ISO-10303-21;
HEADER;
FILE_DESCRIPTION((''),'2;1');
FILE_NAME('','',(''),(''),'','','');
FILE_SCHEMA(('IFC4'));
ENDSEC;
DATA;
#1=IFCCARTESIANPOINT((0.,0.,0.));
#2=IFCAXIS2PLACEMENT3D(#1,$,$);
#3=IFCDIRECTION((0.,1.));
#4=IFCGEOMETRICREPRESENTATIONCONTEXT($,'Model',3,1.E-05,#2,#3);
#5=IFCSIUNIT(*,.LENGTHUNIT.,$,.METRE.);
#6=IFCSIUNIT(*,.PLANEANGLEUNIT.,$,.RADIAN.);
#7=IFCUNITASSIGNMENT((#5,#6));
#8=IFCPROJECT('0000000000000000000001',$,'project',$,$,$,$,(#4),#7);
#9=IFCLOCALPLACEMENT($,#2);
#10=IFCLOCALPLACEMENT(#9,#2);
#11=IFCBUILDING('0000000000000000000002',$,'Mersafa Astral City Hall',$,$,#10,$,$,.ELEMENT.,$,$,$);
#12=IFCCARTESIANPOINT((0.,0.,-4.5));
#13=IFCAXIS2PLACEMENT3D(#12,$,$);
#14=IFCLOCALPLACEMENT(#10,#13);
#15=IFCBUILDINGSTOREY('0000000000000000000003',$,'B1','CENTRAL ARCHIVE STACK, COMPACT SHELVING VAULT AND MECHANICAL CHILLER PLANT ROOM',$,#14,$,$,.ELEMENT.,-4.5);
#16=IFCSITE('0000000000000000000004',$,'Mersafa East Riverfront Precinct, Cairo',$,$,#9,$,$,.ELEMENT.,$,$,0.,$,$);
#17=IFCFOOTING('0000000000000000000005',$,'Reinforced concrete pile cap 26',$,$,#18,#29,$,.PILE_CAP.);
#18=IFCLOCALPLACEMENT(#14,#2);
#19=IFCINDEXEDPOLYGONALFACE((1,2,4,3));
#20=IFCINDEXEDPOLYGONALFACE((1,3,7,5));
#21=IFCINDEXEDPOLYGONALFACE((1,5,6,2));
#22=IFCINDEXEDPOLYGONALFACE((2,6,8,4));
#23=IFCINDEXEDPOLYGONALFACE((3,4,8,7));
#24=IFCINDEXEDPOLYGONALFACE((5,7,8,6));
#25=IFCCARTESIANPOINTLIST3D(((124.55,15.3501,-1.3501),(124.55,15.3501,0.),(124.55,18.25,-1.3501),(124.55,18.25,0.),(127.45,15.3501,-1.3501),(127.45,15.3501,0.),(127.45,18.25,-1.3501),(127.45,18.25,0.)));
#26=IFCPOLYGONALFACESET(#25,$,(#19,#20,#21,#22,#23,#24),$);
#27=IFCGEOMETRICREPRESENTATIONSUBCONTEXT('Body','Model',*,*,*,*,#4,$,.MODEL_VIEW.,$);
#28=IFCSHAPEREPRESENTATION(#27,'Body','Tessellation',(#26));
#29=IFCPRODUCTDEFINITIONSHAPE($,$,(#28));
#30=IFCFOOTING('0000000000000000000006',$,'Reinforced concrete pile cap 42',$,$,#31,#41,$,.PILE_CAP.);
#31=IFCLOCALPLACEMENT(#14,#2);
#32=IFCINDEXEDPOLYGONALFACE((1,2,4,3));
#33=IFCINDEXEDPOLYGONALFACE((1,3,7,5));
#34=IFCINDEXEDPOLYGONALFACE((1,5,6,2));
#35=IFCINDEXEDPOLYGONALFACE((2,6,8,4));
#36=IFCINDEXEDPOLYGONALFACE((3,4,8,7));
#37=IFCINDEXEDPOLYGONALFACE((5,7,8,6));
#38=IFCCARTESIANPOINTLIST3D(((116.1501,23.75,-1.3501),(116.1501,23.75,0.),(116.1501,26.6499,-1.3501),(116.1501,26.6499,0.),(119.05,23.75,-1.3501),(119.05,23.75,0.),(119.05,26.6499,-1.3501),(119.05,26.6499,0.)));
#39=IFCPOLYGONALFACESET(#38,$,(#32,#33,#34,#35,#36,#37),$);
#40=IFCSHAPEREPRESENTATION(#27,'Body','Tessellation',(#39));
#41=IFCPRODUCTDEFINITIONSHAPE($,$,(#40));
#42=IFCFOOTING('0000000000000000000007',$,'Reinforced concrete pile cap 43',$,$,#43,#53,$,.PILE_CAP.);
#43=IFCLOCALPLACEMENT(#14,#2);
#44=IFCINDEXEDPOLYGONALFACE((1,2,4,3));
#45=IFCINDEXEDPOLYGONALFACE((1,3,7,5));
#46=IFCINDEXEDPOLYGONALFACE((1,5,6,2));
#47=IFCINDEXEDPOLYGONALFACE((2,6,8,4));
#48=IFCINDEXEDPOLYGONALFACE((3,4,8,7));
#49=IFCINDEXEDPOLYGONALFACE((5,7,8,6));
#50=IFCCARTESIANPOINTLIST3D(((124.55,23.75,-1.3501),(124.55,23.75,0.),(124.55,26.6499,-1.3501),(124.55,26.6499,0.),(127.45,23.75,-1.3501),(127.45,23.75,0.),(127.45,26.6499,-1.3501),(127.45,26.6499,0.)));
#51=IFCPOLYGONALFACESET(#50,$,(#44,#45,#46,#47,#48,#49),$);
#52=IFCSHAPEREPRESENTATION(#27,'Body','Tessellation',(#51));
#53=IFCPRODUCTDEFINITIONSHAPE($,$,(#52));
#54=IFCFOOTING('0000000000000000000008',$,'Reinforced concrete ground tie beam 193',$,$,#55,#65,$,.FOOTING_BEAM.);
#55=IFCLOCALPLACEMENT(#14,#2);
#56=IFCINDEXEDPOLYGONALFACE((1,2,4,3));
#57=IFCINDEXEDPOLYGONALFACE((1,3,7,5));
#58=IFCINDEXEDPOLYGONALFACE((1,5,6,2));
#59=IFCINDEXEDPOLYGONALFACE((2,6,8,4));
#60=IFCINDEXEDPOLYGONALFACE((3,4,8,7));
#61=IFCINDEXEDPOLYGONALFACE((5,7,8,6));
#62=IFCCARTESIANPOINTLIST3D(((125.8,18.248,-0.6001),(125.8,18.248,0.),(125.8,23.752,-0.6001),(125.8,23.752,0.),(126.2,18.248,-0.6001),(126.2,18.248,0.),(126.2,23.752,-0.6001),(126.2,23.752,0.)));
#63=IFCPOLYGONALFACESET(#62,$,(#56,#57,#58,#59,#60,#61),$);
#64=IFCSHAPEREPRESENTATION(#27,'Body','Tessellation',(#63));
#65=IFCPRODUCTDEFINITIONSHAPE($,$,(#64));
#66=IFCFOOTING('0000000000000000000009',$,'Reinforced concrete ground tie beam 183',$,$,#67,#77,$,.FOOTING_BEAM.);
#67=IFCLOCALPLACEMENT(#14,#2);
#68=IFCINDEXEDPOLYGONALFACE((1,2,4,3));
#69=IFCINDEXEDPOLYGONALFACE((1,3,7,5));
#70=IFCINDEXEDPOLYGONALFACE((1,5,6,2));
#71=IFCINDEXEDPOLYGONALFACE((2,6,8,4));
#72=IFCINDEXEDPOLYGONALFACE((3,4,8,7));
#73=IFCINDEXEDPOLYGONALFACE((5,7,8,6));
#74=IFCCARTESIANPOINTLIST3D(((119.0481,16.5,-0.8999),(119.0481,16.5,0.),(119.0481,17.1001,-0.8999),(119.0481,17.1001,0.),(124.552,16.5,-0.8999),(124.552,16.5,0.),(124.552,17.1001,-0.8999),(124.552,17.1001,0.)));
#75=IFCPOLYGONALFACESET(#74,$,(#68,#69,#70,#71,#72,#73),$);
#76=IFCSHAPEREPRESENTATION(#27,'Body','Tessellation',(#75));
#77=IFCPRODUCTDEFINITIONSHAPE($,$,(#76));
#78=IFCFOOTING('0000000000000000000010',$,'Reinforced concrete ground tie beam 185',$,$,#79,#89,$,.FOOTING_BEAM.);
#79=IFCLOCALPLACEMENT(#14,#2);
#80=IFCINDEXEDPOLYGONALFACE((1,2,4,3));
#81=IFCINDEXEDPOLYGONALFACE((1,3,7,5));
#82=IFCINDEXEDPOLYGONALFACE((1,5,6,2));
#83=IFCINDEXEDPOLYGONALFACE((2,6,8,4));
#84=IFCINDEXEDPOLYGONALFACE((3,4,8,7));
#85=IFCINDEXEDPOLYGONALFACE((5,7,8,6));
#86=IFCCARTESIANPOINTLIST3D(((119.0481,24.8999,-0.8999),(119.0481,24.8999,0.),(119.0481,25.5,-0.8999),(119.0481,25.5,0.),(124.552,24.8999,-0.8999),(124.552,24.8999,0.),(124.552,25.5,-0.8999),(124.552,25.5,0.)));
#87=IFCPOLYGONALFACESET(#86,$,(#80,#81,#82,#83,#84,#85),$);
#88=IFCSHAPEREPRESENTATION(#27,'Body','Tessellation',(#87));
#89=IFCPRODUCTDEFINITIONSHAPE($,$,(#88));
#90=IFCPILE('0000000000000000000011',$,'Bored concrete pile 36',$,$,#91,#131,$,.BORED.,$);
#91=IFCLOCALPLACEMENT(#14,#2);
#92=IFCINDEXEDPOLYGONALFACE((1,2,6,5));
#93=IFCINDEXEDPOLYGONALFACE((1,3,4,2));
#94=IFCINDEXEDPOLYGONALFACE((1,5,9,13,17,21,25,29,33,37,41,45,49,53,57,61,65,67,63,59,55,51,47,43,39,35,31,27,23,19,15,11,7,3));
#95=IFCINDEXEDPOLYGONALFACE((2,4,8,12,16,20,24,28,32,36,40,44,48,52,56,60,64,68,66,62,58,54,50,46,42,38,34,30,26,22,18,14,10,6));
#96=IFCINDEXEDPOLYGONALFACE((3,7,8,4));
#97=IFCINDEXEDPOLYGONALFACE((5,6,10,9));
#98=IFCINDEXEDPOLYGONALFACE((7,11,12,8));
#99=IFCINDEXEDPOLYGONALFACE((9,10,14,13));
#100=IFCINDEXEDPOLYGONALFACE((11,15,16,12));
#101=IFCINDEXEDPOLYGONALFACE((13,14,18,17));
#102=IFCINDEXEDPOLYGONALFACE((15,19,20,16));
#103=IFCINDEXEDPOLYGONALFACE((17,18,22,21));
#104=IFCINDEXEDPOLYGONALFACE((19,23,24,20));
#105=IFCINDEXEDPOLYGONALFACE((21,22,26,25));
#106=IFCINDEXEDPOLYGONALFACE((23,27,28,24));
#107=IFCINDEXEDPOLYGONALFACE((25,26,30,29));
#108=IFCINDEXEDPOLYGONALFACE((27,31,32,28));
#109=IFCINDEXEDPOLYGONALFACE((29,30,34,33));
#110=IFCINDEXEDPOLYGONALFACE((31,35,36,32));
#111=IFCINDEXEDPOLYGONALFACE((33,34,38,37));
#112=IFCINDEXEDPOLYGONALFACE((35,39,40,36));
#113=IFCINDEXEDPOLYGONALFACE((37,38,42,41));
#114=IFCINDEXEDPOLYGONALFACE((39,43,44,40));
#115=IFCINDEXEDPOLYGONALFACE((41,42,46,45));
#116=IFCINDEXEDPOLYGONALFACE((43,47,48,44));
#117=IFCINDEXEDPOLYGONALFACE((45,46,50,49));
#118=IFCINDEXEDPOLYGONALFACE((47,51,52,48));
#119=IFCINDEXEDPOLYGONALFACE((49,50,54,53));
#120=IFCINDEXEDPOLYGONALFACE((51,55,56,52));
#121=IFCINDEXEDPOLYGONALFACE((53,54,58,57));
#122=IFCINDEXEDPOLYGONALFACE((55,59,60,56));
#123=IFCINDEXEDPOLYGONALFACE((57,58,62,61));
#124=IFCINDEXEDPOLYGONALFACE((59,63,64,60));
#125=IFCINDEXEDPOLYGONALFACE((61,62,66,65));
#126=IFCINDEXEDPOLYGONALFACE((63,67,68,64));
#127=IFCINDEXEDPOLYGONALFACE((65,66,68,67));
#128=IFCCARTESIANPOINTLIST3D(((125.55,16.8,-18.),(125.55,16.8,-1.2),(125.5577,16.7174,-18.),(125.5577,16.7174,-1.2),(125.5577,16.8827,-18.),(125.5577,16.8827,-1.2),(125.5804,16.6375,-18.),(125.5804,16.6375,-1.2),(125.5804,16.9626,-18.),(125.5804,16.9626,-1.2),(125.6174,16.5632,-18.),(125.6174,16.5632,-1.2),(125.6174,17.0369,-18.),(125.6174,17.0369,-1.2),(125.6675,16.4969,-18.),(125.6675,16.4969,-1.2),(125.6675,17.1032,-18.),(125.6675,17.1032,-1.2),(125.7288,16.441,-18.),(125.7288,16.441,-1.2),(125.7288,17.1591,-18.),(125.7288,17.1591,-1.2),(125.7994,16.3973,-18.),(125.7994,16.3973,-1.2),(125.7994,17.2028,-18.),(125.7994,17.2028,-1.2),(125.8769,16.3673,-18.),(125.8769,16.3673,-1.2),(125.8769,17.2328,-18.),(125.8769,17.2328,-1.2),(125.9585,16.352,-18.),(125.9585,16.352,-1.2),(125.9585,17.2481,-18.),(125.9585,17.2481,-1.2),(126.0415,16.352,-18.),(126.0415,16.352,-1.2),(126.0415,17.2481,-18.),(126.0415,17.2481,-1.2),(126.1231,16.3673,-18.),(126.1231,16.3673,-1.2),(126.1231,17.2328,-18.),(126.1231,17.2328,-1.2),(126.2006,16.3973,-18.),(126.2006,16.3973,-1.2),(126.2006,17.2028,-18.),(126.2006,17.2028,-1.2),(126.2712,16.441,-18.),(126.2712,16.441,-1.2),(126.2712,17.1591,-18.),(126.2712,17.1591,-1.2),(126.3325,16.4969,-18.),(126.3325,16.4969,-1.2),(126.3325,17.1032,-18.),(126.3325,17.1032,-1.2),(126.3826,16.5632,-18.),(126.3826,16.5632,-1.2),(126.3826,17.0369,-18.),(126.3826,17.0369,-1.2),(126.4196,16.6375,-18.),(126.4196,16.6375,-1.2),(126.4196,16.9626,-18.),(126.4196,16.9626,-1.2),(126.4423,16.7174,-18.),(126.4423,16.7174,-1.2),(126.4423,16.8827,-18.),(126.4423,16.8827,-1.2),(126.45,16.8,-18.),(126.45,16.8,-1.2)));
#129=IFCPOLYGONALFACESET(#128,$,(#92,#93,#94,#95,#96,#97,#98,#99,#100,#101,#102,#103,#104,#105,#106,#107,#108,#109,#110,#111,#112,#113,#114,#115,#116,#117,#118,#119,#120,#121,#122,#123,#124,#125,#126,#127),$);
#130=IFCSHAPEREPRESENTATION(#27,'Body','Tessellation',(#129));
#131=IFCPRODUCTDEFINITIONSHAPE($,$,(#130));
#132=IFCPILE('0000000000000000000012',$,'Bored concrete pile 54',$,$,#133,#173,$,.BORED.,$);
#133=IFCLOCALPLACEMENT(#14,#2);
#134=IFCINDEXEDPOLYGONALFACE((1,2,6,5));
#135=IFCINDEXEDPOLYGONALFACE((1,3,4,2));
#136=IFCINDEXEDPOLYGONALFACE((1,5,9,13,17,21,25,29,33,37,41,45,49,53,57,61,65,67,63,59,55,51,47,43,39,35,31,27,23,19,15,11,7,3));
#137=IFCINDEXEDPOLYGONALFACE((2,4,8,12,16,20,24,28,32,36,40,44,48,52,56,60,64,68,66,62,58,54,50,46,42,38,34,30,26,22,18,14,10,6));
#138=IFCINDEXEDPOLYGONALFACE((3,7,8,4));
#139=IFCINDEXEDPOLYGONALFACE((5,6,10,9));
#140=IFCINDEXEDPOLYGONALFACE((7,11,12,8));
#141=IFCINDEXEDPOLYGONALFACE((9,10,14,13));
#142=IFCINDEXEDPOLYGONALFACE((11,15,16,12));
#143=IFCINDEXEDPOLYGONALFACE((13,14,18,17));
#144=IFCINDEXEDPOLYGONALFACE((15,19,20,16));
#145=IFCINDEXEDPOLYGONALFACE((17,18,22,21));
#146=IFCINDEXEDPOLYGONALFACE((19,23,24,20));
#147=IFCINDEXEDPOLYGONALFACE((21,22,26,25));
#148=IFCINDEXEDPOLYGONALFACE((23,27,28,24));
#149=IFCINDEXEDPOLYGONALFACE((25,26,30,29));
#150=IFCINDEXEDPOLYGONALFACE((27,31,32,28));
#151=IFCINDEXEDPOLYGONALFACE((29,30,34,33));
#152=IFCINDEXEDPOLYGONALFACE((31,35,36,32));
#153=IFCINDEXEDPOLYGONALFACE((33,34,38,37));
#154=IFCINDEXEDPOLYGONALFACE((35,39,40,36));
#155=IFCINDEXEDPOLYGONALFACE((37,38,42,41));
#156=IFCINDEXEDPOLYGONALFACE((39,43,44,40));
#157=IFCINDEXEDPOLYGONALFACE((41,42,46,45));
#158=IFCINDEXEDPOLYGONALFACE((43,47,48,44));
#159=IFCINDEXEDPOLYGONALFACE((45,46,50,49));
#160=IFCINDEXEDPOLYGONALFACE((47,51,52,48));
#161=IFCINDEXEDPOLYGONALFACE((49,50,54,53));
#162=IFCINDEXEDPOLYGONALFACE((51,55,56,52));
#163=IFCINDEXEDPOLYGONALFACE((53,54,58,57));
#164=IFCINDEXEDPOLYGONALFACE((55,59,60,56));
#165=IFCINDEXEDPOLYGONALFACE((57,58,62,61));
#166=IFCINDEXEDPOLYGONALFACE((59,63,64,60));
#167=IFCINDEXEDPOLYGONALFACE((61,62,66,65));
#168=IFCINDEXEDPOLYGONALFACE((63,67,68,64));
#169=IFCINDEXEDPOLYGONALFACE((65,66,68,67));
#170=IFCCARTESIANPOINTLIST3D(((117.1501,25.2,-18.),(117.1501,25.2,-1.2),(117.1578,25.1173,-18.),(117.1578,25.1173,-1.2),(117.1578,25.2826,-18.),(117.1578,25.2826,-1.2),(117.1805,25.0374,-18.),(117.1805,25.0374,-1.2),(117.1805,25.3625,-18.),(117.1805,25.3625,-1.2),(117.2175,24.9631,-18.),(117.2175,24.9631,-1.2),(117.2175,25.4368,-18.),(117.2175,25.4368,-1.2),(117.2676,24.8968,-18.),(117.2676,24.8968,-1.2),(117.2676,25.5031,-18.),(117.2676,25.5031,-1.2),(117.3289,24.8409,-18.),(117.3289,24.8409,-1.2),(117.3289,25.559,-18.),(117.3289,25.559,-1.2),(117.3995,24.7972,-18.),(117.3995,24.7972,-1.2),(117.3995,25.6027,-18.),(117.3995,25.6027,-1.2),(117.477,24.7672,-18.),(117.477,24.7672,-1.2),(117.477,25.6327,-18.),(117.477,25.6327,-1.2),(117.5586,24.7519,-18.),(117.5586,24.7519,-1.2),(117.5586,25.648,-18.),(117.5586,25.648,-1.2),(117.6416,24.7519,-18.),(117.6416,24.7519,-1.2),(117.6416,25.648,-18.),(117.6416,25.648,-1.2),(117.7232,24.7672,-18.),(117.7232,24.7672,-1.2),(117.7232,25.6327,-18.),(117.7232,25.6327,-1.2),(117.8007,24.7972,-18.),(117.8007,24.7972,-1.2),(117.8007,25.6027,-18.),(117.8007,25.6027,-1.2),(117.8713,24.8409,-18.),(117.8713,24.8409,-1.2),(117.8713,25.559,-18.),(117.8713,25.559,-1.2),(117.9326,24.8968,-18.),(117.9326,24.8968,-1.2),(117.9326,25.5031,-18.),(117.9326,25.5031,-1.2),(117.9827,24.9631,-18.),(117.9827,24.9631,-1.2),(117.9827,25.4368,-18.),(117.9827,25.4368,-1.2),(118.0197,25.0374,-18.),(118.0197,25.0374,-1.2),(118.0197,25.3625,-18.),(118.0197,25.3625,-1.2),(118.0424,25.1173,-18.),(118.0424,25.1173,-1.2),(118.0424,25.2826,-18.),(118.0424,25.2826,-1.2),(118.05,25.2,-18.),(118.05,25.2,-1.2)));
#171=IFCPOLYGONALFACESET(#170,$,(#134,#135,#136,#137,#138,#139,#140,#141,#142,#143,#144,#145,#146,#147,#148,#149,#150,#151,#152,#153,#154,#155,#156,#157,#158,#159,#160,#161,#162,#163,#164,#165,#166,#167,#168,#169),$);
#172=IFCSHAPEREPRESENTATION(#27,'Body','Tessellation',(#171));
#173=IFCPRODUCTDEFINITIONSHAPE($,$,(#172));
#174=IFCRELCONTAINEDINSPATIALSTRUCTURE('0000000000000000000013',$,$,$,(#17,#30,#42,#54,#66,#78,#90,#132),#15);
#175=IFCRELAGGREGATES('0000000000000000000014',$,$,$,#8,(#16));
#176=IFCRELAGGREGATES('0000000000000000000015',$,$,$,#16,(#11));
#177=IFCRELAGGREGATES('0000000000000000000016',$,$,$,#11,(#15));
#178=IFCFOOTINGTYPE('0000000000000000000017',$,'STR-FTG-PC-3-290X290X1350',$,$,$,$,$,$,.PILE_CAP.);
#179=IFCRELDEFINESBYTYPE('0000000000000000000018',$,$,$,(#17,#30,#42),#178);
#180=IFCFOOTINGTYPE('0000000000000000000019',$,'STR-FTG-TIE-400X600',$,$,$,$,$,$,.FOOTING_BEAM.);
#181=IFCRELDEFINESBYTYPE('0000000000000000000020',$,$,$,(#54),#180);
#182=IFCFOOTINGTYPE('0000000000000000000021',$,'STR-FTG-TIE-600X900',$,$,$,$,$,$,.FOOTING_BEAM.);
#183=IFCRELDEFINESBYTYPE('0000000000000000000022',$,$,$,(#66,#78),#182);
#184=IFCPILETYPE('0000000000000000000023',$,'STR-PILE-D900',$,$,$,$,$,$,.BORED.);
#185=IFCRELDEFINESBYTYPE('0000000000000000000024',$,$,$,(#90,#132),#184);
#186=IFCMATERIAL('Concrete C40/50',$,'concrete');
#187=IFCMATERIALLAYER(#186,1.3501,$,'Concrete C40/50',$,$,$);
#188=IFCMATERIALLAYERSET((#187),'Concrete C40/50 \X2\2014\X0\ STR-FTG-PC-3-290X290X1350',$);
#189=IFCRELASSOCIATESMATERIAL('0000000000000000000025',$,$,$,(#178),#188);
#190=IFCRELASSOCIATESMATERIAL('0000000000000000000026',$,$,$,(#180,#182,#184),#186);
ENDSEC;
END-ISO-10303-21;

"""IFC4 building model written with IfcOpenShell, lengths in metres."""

from ifc_helpers import new_model, si_unit, direction, frame, origin, origin_2d, place, context, subcontext, project, spatial, rectangle, circle, extrude, material, layer, layer_set, material_profile, profile_set, type_object, element, save


model = new_model("IFC4")

# Units and contexts
model_context = context("Model", 3, precision=1e-05, world=origin(), true_north=direction((0.0, 1.0)))
body_context = subcontext(model_context, "Body", "Model", "MODEL_VIEW")
ifc_project = project(units=[si_unit("LENGTHUNIT", "METRE"), si_unit("PLANEANGLEUNIT", "RADIAN")], contexts=[model_context])

# Site, building, storey
site_placement = place(None, origin())
site = spatial("IfcSite", under=ifc_project, at=site_placement, Name="Mersafa East Riverfront Precinct, Cairo", CompositionType="ELEMENT", RefElevation=0.0)
building_placement = place(site_placement, origin())
building = spatial("IfcBuilding", under=site, at=building_placement, Name="Mersafa Astral City Hall", CompositionType="ELEMENT")
storey_placement = place(building_placement, frame((0.0, 0.0, -4.5)))
storey = spatial("IfcBuildingStorey", under=building, at=storey_placement, Name="B1", Description="CENTRAL ARCHIVE STACK, COMPACT SHELVING VAULT AND MECHANICAL CHILLER PLANT ROOM", CompositionType="ELEMENT", Elevation=-4.5)

# Footings
ifc_material_1 = material(Name="Concrete C40/50", Category="concrete")
ifc_layer_1 = layer(ifc_material_1, 1.3501, Name="Concrete C40/50")
ifc_layer_set_1 = layer_set([ifc_layer_1], Name="Concrete C40/50 — STR-FTG-PC-3-290X290X1350")
footing_type_1 = type_object("IfcFootingType", Name="STR-FTG-PC-3-290X290X1350", PredefinedType="PILE_CAP", material=ifc_layer_set_1)
for number, where, z_axis, x_axis, name in (
    (1, (126.0, 16.8, -1.3501), (0.0, 0.0, 1.0), (1.0, 0.0, 0.0), "Reinforced concrete pile cap 26"),
    (2, (117.6001, 25.2, -1.3501), (0.0, 0.0, 1.0), (1.0, 0.0, 0.0), "Reinforced concrete pile cap 42"),
    (3, (126.0, 25.2, -1.3501), (0.0, 0.0, 1.0), (1.0, 0.0, 0.0), "Reinforced concrete pile cap 43"),
):
    element("IfcFooting", number, at=place(storey_placement, frame(where, z_axis=z_axis, x_axis=x_axis)), inside=storey, type_object=footing_type_1, Name=name, PredefinedType="PILE_CAP", context=body_context, shape_type="SweptSolid", body=[
        extrude(rectangle(XDim=2.8999, YDim=2.8999, at=origin_2d()), origin(), (0.0, 0.0, 1.0), 1.3501),
    ])
ifc_material_profile_1 = material_profile(ifc_material_1, rectangle(XDim=0.3999, YDim=0.6001, at=origin_2d()), Name="RC 400x600")
ifc_profile_set_1 = profile_set([ifc_material_profile_1], Name="Concrete C40/50")
footing_type_2 = type_object("IfcFootingType", Name="STR-FTG-TIE-400X600", PredefinedType="FOOTING_BEAM", material=ifc_profile_set_1)
footing_placement = place(storey_placement, frame((126.0, 18.248, -0.3), z_axis=(0.0, 1.0, 0.0), x_axis=(-1.0, 0.0, 0.0)))
element("IfcFooting", 4, at=footing_placement, inside=storey, type_object=footing_type_2, Name="Reinforced concrete ground tie beam 193", PredefinedType="FOOTING_BEAM", context=body_context, shape_type="SweptSolid", body=[
    extrude(rectangle(XDim=0.3999, YDim=0.6001, at=origin_2d()), origin(), (0.0, 0.0, 1.0), 5.5039),
])
ifc_material_profile_2 = material_profile(ifc_material_1, rectangle(XDim=0.6001, YDim=0.8999, at=origin_2d()), Name="RC 600x900")
ifc_profile_set_2 = profile_set([ifc_material_profile_2], Name="Concrete C40/50")
footing_type_3 = type_object("IfcFootingType", Name="STR-FTG-TIE-600X900", PredefinedType="FOOTING_BEAM", material=ifc_profile_set_2)
for number, where, z_axis, x_axis, name in (
    (5, (119.0481, 16.8, -0.45), (1.0, 0.0, 0.0), (0.0, 1.0, 0.0), "Reinforced concrete ground tie beam 183"),
    (6, (119.0481, 25.2, -0.45), (1.0, 0.0, 0.0), (0.0, 1.0, 0.0), "Reinforced concrete ground tie beam 185"),
):
    element("IfcFooting", number, at=place(storey_placement, frame(where, z_axis=z_axis, x_axis=x_axis)), inside=storey, type_object=footing_type_3, Name=name, PredefinedType="FOOTING_BEAM", context=body_context, shape_type="SweptSolid", body=[
        extrude(rectangle(XDim=0.6001, YDim=0.8999, at=origin_2d()), origin(), (0.0, 0.0, 1.0), 5.5039),
    ])

# Piles
ifc_material_profile_3 = material_profile(ifc_material_1, circle(Radius=0.45, at=origin_2d()), Name="PILE D900")
ifc_profile_set_3 = profile_set([ifc_material_profile_3], Name="Concrete C40/50")
pile_type = type_object("IfcPileType", Name="STR-PILE-D900", PredefinedType="BORED", material=ifc_profile_set_3)
for number, where, z_axis, x_axis, name in (
    (7, (126.0, 16.8, -1.2), (0.0, 0.0, -1.0), (1.0, 0.0, 0.0), "Bored concrete pile 36"),
    (8, (117.6001, 25.2, -1.2), (0.0, 0.0, -1.0), (1.0, 0.0, 0.0), "Bored concrete pile 54"),
):
    element("IfcPile", number, at=place(storey_placement, frame(where, z_axis=z_axis, x_axis=x_axis)), inside=storey, type_object=pile_type, Name=name, PredefinedType="BORED", context=body_context, shape_type="SweptSolid", body=[
        extrude(circle(Radius=0.45, at=origin_2d()), origin(), (0.0, 0.0, 1.0), 16.8),
    ])

save(model, "model.ifc")
